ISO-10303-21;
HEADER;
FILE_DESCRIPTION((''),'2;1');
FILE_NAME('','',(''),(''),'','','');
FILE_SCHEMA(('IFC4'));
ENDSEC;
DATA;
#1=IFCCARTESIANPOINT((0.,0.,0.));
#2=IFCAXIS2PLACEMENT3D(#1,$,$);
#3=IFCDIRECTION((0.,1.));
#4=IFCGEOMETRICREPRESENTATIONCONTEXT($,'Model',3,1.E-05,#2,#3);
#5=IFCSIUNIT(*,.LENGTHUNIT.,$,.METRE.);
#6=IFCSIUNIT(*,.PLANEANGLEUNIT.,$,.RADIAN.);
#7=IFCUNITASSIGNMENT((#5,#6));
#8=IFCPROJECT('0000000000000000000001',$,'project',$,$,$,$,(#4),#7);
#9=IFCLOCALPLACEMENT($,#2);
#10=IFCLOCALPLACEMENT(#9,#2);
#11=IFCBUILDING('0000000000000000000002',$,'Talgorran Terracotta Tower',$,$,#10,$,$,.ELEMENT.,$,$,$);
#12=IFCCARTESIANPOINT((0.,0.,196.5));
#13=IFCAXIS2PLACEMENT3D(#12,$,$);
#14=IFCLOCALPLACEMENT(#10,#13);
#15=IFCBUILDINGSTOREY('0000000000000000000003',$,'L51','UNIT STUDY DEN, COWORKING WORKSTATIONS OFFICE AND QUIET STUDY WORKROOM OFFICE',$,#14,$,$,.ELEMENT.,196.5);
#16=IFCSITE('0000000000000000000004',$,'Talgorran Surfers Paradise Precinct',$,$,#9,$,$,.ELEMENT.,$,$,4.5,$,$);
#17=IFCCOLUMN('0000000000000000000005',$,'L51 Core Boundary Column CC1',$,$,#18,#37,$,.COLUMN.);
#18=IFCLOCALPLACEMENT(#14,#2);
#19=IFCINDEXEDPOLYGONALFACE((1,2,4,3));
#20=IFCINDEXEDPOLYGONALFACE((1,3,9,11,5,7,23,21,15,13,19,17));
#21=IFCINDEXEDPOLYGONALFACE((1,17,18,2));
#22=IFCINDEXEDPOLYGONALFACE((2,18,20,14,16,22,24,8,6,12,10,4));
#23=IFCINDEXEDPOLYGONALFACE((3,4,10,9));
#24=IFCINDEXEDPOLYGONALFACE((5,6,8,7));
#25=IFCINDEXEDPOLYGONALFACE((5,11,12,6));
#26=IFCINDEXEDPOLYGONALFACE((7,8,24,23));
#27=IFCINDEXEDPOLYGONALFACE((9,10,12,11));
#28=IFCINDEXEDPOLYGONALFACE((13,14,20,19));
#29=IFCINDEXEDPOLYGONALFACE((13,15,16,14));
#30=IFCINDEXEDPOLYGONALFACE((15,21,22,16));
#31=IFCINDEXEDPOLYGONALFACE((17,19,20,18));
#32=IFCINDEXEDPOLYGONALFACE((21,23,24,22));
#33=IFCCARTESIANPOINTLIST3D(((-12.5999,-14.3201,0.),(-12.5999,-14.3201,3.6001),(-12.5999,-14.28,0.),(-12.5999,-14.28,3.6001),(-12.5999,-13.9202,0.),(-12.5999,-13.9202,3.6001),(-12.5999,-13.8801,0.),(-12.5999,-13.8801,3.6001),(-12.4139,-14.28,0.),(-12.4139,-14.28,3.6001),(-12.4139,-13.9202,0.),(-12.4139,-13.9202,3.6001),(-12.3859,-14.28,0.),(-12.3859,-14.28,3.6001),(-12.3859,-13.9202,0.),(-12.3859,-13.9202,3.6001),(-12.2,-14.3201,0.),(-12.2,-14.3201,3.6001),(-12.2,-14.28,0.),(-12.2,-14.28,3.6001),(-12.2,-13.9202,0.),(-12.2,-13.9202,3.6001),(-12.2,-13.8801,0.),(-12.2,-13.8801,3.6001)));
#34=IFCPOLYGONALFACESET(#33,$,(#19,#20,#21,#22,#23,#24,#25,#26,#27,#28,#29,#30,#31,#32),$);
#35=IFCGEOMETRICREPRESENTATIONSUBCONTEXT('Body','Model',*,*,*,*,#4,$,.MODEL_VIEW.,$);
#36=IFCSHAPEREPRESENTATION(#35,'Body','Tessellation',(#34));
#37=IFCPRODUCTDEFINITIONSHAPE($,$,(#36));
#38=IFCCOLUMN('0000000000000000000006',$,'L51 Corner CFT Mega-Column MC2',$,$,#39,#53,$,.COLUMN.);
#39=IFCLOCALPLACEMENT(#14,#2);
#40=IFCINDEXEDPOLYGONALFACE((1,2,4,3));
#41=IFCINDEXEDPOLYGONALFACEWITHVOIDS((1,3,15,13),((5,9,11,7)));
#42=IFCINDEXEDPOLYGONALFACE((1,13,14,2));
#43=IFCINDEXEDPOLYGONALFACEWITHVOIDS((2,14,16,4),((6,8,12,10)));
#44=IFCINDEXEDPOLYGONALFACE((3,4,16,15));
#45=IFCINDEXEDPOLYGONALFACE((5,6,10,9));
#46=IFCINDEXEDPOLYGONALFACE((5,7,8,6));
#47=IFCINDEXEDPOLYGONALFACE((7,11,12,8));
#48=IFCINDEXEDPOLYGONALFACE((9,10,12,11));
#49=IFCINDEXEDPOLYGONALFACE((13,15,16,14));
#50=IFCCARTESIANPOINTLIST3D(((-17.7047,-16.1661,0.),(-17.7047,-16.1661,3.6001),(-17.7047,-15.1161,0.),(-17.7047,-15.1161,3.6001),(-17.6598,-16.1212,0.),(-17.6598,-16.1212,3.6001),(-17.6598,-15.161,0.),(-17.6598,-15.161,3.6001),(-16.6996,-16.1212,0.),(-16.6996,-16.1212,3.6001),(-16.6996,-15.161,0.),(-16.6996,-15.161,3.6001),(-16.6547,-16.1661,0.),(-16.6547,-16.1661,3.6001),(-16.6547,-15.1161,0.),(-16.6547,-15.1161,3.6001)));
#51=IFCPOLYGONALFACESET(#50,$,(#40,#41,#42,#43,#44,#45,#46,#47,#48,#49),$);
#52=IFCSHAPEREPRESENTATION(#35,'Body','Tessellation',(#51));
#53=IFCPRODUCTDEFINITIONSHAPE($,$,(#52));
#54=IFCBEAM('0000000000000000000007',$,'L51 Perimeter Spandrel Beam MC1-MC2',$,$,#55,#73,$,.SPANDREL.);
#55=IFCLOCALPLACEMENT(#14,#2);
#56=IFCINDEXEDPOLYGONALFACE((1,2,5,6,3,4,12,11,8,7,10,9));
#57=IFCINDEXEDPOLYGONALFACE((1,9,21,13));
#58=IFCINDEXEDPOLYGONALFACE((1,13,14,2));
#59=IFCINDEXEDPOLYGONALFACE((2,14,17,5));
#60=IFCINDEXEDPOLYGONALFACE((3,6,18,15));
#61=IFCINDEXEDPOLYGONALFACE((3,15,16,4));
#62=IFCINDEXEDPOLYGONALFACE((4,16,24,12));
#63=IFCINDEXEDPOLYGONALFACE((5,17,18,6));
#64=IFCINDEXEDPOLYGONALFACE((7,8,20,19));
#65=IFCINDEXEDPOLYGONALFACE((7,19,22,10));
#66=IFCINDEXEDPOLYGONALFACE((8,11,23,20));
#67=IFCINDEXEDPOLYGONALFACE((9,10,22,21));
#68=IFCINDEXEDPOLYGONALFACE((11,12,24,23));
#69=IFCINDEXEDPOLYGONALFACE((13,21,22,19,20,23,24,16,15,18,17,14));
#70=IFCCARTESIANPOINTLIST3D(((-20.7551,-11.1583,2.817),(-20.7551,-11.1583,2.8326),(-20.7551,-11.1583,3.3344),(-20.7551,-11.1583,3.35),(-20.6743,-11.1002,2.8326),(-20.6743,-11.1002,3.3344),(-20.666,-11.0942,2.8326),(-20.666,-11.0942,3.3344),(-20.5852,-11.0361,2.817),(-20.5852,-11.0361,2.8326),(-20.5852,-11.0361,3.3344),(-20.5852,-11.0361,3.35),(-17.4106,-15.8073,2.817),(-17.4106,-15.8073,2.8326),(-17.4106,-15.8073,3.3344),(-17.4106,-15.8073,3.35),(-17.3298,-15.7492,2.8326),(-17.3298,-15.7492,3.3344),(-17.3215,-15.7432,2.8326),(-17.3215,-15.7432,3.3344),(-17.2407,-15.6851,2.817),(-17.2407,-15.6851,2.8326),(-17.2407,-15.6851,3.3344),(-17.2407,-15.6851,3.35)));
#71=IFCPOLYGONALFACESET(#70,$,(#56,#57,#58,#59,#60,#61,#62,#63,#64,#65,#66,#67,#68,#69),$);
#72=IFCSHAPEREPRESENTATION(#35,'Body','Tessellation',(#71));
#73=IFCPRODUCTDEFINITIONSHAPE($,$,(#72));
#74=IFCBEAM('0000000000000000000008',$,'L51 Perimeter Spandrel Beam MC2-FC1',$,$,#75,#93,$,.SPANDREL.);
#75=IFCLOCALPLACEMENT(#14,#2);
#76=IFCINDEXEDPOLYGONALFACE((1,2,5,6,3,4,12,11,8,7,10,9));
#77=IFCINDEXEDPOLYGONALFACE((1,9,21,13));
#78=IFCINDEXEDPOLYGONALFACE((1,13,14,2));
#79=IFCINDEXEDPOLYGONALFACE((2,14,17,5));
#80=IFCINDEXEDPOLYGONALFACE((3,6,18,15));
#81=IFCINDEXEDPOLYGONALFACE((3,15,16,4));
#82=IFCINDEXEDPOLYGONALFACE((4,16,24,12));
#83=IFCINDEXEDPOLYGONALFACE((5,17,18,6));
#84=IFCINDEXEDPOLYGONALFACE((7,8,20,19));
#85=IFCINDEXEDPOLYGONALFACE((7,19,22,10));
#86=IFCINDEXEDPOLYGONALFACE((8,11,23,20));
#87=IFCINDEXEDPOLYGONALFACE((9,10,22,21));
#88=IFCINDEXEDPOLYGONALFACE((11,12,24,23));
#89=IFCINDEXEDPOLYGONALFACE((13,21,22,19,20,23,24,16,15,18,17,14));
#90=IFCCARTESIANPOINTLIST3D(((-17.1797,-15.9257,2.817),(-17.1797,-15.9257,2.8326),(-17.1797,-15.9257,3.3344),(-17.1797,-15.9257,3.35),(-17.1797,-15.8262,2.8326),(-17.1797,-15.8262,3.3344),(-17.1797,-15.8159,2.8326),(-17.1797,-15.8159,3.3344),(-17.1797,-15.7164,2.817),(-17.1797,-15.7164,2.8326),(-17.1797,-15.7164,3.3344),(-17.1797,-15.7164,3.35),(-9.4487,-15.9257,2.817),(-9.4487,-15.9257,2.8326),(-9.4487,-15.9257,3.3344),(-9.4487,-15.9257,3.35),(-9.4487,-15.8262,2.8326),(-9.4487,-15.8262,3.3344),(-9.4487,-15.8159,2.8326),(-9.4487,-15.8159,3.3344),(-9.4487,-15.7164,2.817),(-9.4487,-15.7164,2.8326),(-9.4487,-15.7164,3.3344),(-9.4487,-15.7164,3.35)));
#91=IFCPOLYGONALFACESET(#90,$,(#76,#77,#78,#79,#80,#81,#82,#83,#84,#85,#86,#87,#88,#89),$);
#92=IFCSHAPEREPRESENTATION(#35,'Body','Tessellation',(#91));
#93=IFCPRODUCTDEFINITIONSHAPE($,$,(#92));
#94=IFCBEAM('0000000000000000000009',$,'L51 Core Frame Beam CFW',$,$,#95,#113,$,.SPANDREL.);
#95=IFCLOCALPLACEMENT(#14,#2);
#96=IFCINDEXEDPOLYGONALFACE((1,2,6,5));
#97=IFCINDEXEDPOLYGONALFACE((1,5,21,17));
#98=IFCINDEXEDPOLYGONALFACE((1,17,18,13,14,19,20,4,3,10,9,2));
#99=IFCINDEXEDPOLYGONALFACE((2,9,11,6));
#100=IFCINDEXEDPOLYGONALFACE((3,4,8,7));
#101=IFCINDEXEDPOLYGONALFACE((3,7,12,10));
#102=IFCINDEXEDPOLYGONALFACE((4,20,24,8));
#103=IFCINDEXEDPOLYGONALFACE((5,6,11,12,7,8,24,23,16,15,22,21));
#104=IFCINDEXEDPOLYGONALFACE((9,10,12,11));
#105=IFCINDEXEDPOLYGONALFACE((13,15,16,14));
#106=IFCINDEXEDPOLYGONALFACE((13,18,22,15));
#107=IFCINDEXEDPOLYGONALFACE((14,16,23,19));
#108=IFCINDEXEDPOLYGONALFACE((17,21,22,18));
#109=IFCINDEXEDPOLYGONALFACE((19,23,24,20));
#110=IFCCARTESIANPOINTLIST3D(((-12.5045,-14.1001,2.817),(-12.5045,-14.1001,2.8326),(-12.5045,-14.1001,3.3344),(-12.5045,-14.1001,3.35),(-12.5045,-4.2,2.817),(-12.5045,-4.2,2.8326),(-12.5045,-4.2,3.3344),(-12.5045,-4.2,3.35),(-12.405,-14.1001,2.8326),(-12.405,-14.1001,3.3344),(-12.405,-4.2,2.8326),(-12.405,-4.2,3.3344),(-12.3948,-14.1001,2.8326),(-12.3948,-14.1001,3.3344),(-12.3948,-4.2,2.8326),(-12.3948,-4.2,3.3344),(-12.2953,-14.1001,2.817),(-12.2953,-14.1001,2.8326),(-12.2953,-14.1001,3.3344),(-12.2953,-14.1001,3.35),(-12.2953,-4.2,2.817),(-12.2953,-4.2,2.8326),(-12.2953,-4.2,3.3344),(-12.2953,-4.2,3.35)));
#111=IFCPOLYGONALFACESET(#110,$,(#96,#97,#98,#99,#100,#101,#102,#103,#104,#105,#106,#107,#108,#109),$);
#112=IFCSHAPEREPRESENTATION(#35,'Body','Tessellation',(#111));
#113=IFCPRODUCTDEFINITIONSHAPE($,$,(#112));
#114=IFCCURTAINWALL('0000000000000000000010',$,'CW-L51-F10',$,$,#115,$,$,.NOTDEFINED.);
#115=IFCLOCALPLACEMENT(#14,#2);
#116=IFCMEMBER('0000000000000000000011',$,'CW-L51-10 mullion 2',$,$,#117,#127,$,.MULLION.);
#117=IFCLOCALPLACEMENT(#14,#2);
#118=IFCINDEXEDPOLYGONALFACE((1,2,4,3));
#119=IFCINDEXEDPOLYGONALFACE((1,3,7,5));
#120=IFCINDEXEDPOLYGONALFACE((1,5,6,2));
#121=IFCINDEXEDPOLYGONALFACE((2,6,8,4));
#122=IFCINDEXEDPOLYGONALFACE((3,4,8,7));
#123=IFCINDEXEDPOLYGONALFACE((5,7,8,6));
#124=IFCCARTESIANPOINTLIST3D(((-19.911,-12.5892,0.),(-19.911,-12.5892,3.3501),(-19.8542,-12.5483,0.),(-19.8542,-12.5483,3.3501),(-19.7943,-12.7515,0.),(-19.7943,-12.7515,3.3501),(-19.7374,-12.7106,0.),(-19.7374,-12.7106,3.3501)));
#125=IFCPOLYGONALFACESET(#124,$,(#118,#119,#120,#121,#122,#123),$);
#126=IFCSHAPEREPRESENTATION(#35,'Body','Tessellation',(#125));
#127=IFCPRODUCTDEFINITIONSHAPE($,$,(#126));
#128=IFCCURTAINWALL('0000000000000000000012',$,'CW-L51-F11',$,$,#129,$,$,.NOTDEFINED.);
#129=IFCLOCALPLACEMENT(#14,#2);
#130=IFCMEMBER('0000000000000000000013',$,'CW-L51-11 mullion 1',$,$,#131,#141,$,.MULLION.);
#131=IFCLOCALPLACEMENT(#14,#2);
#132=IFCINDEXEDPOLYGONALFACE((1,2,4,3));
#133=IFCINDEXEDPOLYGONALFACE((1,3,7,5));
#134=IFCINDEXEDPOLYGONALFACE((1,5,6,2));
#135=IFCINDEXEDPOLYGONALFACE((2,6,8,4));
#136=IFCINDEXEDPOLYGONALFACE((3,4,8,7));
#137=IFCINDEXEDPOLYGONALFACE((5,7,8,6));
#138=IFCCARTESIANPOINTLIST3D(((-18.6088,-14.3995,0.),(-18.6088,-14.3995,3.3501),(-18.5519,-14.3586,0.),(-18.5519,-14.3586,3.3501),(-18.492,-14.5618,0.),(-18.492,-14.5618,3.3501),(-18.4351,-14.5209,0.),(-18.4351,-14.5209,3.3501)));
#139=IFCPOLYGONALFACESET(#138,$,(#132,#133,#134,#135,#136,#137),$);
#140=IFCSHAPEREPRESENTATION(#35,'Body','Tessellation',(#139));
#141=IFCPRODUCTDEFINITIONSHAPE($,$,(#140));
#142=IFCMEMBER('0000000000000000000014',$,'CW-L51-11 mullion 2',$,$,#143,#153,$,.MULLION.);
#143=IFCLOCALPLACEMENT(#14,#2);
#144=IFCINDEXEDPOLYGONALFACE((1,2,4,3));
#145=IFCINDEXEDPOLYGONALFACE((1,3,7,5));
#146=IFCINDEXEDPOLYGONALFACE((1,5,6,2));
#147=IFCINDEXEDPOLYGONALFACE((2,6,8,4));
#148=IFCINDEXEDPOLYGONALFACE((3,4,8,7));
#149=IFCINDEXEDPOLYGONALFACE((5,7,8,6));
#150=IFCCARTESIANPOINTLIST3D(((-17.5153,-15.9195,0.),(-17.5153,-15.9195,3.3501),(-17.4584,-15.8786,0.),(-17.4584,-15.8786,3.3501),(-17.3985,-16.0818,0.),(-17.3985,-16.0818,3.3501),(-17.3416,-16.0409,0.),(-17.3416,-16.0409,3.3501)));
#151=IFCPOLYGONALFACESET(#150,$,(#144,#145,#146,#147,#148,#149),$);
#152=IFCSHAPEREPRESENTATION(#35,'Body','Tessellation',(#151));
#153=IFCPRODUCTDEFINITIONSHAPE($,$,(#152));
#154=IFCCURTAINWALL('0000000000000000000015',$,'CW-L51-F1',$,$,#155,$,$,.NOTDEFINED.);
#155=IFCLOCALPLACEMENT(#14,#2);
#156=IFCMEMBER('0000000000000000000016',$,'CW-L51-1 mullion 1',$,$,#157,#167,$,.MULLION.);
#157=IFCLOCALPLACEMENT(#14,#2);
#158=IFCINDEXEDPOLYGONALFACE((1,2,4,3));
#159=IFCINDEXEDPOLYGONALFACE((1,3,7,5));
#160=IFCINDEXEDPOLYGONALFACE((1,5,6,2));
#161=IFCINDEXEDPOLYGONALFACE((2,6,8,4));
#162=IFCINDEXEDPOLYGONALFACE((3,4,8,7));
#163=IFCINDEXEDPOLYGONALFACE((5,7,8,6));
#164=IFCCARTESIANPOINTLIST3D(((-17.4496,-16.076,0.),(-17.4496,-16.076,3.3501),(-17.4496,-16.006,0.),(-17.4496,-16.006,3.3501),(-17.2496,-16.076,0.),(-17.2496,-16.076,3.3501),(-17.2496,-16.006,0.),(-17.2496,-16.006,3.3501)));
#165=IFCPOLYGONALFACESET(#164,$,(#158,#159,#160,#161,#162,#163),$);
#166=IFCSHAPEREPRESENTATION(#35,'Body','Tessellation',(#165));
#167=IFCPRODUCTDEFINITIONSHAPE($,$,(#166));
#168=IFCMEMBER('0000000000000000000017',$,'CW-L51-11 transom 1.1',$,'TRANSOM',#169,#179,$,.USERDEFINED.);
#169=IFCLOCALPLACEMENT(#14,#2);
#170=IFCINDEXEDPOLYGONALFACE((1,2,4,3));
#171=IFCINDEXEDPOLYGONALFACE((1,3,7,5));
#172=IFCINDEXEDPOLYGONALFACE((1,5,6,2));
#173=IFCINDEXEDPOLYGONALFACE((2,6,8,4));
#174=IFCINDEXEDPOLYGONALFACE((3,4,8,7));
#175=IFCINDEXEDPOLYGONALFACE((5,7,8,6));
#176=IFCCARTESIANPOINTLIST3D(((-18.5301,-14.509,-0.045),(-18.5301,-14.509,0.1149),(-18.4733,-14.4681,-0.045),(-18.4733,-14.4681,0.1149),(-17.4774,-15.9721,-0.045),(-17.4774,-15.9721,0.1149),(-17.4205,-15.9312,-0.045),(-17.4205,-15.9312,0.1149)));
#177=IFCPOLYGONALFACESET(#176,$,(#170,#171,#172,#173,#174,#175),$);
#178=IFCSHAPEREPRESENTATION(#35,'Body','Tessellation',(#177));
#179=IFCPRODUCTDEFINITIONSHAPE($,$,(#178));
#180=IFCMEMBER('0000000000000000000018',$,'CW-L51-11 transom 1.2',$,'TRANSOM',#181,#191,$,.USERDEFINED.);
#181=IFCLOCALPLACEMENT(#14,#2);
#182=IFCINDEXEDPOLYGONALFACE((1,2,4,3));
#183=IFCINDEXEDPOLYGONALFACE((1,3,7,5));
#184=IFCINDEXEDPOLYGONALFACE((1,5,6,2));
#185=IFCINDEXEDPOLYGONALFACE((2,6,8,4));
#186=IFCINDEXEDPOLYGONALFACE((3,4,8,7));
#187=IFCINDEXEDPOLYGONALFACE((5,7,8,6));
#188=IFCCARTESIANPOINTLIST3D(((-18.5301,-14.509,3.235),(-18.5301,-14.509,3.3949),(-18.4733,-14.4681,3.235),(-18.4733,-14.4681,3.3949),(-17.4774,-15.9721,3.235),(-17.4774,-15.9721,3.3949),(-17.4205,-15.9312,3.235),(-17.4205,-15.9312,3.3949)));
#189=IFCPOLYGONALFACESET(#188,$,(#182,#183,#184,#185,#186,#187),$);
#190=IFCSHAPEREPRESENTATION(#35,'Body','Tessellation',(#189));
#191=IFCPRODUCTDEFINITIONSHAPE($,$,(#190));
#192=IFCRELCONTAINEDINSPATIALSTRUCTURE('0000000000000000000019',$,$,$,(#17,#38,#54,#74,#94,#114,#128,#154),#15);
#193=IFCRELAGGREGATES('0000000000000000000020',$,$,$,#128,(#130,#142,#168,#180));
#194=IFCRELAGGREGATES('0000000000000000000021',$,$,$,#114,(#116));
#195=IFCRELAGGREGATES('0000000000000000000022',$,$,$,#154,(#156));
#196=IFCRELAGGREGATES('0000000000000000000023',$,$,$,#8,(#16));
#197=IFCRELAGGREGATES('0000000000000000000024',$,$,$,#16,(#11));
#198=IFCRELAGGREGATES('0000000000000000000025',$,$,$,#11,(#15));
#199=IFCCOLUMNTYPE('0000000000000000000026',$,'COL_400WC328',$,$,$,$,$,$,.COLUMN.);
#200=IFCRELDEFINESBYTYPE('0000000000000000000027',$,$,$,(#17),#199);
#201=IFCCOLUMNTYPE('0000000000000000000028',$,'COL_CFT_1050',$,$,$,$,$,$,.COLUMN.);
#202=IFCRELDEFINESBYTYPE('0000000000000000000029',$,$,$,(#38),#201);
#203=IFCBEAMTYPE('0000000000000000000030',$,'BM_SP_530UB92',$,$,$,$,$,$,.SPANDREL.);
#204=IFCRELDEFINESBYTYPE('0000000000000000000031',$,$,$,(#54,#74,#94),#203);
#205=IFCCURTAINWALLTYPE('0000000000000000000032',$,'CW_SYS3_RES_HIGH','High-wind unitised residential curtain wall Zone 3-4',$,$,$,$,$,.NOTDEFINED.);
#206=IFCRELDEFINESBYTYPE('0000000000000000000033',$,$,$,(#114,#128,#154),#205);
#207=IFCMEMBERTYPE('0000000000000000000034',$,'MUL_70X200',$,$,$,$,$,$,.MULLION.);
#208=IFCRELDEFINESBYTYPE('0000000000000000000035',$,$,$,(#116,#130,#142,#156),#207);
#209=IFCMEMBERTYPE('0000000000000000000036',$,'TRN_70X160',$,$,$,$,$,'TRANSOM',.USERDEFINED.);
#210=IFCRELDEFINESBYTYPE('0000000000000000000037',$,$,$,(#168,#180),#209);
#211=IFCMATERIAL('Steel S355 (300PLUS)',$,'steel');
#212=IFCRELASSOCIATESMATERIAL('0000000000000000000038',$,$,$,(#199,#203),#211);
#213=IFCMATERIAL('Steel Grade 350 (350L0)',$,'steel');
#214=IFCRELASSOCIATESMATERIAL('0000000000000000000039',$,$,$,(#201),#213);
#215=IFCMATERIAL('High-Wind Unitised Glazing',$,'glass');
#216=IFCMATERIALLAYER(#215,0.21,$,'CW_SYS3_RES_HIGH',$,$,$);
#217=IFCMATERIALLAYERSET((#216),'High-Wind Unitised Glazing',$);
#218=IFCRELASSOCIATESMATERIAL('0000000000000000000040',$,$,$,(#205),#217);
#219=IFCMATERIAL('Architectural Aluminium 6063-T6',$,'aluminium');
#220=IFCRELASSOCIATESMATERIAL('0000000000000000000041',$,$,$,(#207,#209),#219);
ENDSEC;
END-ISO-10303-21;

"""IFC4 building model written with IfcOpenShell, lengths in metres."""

from ifc_helpers import new_model, si_unit, direction, frame, origin, origin_2d, place, context, subcontext, project, spatial, rectangle, hollow_rectangle, i_section, extrude, material, layer, layer_set, material_profile, profile_set, type_object, element, aggregate, save


model = new_model("IFC4")

# Units and contexts
model_context = context("Model", 3, precision=1e-05, world=origin(), true_north=direction((0.0, 1.0)))
body_context = subcontext(model_context, "Body", "Model", "MODEL_VIEW")
ifc_project = project(units=[si_unit("LENGTHUNIT", "METRE"), si_unit("PLANEANGLEUNIT", "RADIAN")], contexts=[model_context])

# Site, building, storey
site_placement = place(None, origin())
site = spatial("IfcSite", under=ifc_project, at=site_placement, Name="Talgorran Surfers Paradise Precinct", CompositionType="ELEMENT", RefElevation=4.5)
building_placement = place(site_placement, origin())
building = spatial("IfcBuilding", under=site, at=building_placement, Name="Talgorran Terracotta Tower", CompositionType="ELEMENT")
storey_placement = place(building_placement, frame((0.0, 0.0, 196.5)))
storey = spatial("IfcBuildingStorey", under=building, at=storey_placement, Name="L51", Description="UNIT STUDY DEN, COWORKING WORKSTATIONS OFFICE AND QUIET STUDY WORKROOM OFFICE", CompositionType="ELEMENT", Elevation=196.5)

# Columns
ifc_material_1 = material(Name="Steel S355 (300PLUS)", Category="steel")
ifc_material_profile_1 = material_profile(ifc_material_1, i_section(OverallWidth=0.3999, OverallDepth=0.4399, WebThickness=0.0281, FlangeThickness=0.04, at=origin_2d()), Name="400WC328")
ifc_profile_set_1 = profile_set([ifc_material_profile_1], Name="Steel S355 (300PLUS)")
column_type_1 = type_object("IfcColumnType", Name="COL_400WC328", PredefinedType="COLUMN", material=ifc_profile_set_1)
column_1_placement = place(storey_placement, frame((-12.3999, -14.1001, 0.0), z_axis=(0.0, 0.0, 1.0), x_axis=(1.0, 0.0, 0.0)))
element("IfcColumn", 1, at=column_1_placement, inside=storey, type_object=column_type_1, Name="L51 Core Boundary Column CC1", PredefinedType="COLUMN", context=body_context, shape_type="SweptSolid", body=[
    extrude(i_section(OverallWidth=0.3999, OverallDepth=0.4399, WebThickness=0.0281, FlangeThickness=0.04, at=origin_2d()), origin(), (0.0, 0.0, 1.0), 3.6001),
])
ifc_material_2 = material(Name="Steel Grade 350 (350L0)", Category="steel")
ifc_material_profile_2 = material_profile(ifc_material_2, hollow_rectangle(XDim=1.05, YDim=1.05, WallThickness=0.0449, at=origin_2d()), Name="CFT1050X1050X45")
ifc_profile_set_2 = profile_set([ifc_material_profile_2], Name="Steel Grade 350 (350L0)")
column_type_2 = type_object("IfcColumnType", Name="COL_CFT_1050", PredefinedType="COLUMN", material=ifc_profile_set_2)
column_2_placement = place(storey_placement, frame((-17.1797, -15.6411, 0.0), z_axis=(0.0, 0.0, 1.0), x_axis=(1.0, 0.0, 0.0)))
element("IfcColumn", 2, at=column_2_placement, inside=storey, type_object=column_type_2, Name="L51 Corner CFT Mega-Column MC2", PredefinedType="COLUMN", context=body_context, shape_type="SweptSolid", body=[
    extrude(hollow_rectangle(XDim=1.05, YDim=1.05, WallThickness=0.0449, at=origin_2d()), origin(), (0.0, 0.0, 1.0), 3.6001),
])

# Beams
ifc_material_profile_3 = material_profile(ifc_material_1, i_section(OverallWidth=0.2092, OverallDepth=0.533, WebThickness=0.0103, FlangeThickness=0.0156, at=origin_2d()), Name="530UB92.4")
ifc_profile_set_3 = profile_set([ifc_material_profile_3], Name="Steel S355 (300PLUS)")
beam_type = type_object("IfcBeamType", Name="BM_SP_530UB92", PredefinedType="SPANDREL", material=ifc_profile_set_3)
beam_1_placement = place(storey_placement, frame((-20.6702, -11.0972, 3.0835), z_axis=(0.583989, -0.811761, 0.0), x_axis=(0.811761, 0.583989, 0.0)))
element("IfcBeam", 3, at=beam_1_placement, inside=storey, type_object=beam_type, Name="L51 Perimeter Spandrel Beam MC1-MC2", PredefinedType="SPANDREL", context=body_context, shape_type="SweptSolid", body=[
    extrude(i_section(OverallWidth=0.2092, OverallDepth=0.533, WebThickness=0.0103, FlangeThickness=0.0156, at=origin_2d()), origin(), (0.0, 0.0, 1.0), 5.7271),
])
beam_2_placement = place(storey_placement, frame((-17.1797, -15.821, 3.0835), z_axis=(1.0, 0.0, 0.0), x_axis=(0.0, 1.0, 0.0)))
element("IfcBeam", 4, at=beam_2_placement, inside=storey, type_object=beam_type, Name="L51 Perimeter Spandrel Beam MC2-FC1", PredefinedType="SPANDREL", context=body_context, shape_type="SweptSolid", body=[
    extrude(i_section(OverallWidth=0.2092, OverallDepth=0.533, WebThickness=0.0103, FlangeThickness=0.0156, at=origin_2d()), origin(), (0.0, 0.0, 1.0), 7.731),
])
beam_3_placement = place(storey_placement, frame((-12.3999, -14.1001, 3.0835), z_axis=(0.0, 1.0, 0.0), x_axis=(-1.0, 0.0, 0.0)))
element("IfcBeam", 5, at=beam_3_placement, inside=storey, type_object=beam_type, Name="L51 Core Frame Beam CFW", PredefinedType="SPANDREL", context=body_context, shape_type="SweptSolid", body=[
    extrude(i_section(OverallWidth=0.2092, OverallDepth=0.533, WebThickness=0.0103, FlangeThickness=0.0156, at=origin_2d()), origin(), (0.0, 0.0, 1.0), 9.9001),
])

# Curtain wall, member
ifc_material_3 = material(Name="High-Wind Unitised Glazing", Category="glass")
ifc_layer_1 = layer(ifc_material_3, 0.21, Name="CW_SYS3_RES_HIGH")
ifc_layer_set_1 = layer_set([ifc_layer_1], Name="High-Wind Unitised Glazing")
curtain_wall_type = type_object("IfcCurtainWallType", Name="CW_SYS3_RES_HIGH", Description="High-wind unitised residential curtain wall Zone 3-4", PredefinedType="NOTDEFINED", material=ifc_layer_set_1)
curtain_wall_1_placement = place(storey_placement, origin())
curtain_wall_1 = element("IfcCurtainWall", 6, at=curtain_wall_1_placement, inside=storey, type_object=curtain_wall_type, Name="CW-L51-F10", PredefinedType="NOTDEFINED")
ifc_material_4 = material(Name="Architectural Aluminium 6063-T6", Category="aluminium")
ifc_material_profile_4 = material_profile(ifc_material_4, rectangle(XDim=0.0701, YDim=0.2, at=origin_2d()), Name="CWM70X200")
ifc_profile_set_4 = profile_set([ifc_material_profile_4], Name="Architectural Aluminium 6063-T6")
member_type_1 = type_object("IfcMemberType", Name="MUL_70X200", PredefinedType="MULLION", material=ifc_profile_set_4)
member_1_placement = place(storey_placement, frame((-19.8242, -12.6499, 0.0), z_axis=(0.0, 0.0, 1.0), x_axis=(0.811782, 0.583961, 0.0)))
member_1 = element("IfcMember", 7, at=member_1_placement, type_object=member_type_1, Name="CW-L51-10 mullion 2", PredefinedType="MULLION", context=body_context, shape_type="SweptSolid", body=[
    extrude(rectangle(XDim=0.0701, YDim=0.2, at=origin_2d()), origin(), (0.0, 0.0, 1.0), 3.3501),
])

# Curtain wall, members
curtain_wall_2_placement = place(storey_placement, origin())
curtain_wall_2 = element("IfcCurtainWall", 8, at=curtain_wall_2_placement, inside=storey, type_object=curtain_wall_type, Name="CW-L51-F11", PredefinedType="NOTDEFINED")
member_2_placement = place(storey_placement, frame((-18.522, -14.4602, 0.0), z_axis=(0.0, 0.0, 1.0), x_axis=(0.811771, 0.583976, 0.0)))
member_2 = element("IfcMember", 9, at=member_2_placement, type_object=member_type_1, Name="CW-L51-11 mullion 1", PredefinedType="MULLION", context=body_context, shape_type="SweptSolid", body=[
    extrude(rectangle(XDim=0.0701, YDim=0.2, at=origin_2d()), origin(), (0.0, 0.0, 1.0), 3.3501),
])
member_3_placement = place(storey_placement, frame((-17.4285, -15.9802, 0.0), z_axis=(0.0, 0.0, 1.0), x_axis=(0.811771, 0.583976, 0.0)))
member_3 = element("IfcMember", 10, at=member_3_placement, type_object=member_type_1, Name="CW-L51-11 mullion 2", PredefinedType="MULLION", context=body_context, shape_type="SweptSolid", body=[
    extrude(rectangle(XDim=0.0701, YDim=0.2, at=origin_2d()), origin(), (0.0, 0.0, 1.0), 3.3501),
])

# Curtain wall, member
curtain_wall_3_placement = place(storey_placement, origin())
curtain_wall_3 = element("IfcCurtainWall", 11, at=curtain_wall_3_placement, inside=storey, type_object=curtain_wall_type, Name="CW-L51-F1", PredefinedType="NOTDEFINED")
member_4_placement = place(storey_placement, frame((-17.3496, -16.041, 0.0), z_axis=(0.0, 0.0, 1.0), x_axis=(0.0, 1.0, 0.0)))
member_4 = element("IfcMember", 12, at=member_4_placement, type_object=member_type_1, Name="CW-L51-1 mullion 1", PredefinedType="MULLION", context=body_context, shape_type="SweptSolid", body=[
    extrude(rectangle(XDim=0.0701, YDim=0.2, at=origin_2d()), origin(), (0.0, 0.0, 1.0), 3.3501),
])

# Members
ifc_material_profile_5 = material_profile(ifc_material_4, rectangle(XDim=0.0701, YDim=0.1599, at=origin_2d()), Name="CWT70X160")
ifc_profile_set_5 = profile_set([ifc_material_profile_5], Name="Architectural Aluminium 6063-T6")
member_type_2 = type_object("IfcMemberType", Name="TRN_70X160", ElementType="TRANSOM", PredefinedType="USERDEFINED", material=ifc_profile_set_5)
member_5_placement = place(storey_placement, frame((-18.5017, -14.4885, 0.0349), z_axis=(0.584041, -0.811724, 0.0), x_axis=(0.811724, 0.584041, 0.0)))
member_5 = element("IfcMember", 13, at=member_5_placement, type_object=member_type_2, Name="CW-L51-11 transom 1.1", ObjectType="TRANSOM", PredefinedType="USERDEFINED", context=body_context, shape_type="SweptSolid", body=[
    extrude(rectangle(XDim=0.0701, YDim=0.1599, at=origin_2d()), origin(), (0.0, 0.0, 1.0), 1.8025),
])
member_6_placement = place(storey_placement, frame((-18.5017, -14.4885, 3.3149), z_axis=(0.584041, -0.811724, 0.0), x_axis=(0.811724, 0.584041, 0.0)))
member_6 = element("IfcMember", 14, at=member_6_placement, type_object=member_type_2, Name="CW-L51-11 transom 1.2", ObjectType="TRANSOM", PredefinedType="USERDEFINED", context=body_context, shape_type="SweptSolid", body=[
    extrude(rectangle(XDim=0.0701, YDim=0.1599, at=origin_2d()), origin(), (0.0, 0.0, 1.0), 1.8025),
])

aggregate(curtain_wall_2, [member_2, member_3, member_5, member_6])
aggregate(curtain_wall_1, [member_1])
aggregate(curtain_wall_3, [member_4])

save(model, "model.ifc")
